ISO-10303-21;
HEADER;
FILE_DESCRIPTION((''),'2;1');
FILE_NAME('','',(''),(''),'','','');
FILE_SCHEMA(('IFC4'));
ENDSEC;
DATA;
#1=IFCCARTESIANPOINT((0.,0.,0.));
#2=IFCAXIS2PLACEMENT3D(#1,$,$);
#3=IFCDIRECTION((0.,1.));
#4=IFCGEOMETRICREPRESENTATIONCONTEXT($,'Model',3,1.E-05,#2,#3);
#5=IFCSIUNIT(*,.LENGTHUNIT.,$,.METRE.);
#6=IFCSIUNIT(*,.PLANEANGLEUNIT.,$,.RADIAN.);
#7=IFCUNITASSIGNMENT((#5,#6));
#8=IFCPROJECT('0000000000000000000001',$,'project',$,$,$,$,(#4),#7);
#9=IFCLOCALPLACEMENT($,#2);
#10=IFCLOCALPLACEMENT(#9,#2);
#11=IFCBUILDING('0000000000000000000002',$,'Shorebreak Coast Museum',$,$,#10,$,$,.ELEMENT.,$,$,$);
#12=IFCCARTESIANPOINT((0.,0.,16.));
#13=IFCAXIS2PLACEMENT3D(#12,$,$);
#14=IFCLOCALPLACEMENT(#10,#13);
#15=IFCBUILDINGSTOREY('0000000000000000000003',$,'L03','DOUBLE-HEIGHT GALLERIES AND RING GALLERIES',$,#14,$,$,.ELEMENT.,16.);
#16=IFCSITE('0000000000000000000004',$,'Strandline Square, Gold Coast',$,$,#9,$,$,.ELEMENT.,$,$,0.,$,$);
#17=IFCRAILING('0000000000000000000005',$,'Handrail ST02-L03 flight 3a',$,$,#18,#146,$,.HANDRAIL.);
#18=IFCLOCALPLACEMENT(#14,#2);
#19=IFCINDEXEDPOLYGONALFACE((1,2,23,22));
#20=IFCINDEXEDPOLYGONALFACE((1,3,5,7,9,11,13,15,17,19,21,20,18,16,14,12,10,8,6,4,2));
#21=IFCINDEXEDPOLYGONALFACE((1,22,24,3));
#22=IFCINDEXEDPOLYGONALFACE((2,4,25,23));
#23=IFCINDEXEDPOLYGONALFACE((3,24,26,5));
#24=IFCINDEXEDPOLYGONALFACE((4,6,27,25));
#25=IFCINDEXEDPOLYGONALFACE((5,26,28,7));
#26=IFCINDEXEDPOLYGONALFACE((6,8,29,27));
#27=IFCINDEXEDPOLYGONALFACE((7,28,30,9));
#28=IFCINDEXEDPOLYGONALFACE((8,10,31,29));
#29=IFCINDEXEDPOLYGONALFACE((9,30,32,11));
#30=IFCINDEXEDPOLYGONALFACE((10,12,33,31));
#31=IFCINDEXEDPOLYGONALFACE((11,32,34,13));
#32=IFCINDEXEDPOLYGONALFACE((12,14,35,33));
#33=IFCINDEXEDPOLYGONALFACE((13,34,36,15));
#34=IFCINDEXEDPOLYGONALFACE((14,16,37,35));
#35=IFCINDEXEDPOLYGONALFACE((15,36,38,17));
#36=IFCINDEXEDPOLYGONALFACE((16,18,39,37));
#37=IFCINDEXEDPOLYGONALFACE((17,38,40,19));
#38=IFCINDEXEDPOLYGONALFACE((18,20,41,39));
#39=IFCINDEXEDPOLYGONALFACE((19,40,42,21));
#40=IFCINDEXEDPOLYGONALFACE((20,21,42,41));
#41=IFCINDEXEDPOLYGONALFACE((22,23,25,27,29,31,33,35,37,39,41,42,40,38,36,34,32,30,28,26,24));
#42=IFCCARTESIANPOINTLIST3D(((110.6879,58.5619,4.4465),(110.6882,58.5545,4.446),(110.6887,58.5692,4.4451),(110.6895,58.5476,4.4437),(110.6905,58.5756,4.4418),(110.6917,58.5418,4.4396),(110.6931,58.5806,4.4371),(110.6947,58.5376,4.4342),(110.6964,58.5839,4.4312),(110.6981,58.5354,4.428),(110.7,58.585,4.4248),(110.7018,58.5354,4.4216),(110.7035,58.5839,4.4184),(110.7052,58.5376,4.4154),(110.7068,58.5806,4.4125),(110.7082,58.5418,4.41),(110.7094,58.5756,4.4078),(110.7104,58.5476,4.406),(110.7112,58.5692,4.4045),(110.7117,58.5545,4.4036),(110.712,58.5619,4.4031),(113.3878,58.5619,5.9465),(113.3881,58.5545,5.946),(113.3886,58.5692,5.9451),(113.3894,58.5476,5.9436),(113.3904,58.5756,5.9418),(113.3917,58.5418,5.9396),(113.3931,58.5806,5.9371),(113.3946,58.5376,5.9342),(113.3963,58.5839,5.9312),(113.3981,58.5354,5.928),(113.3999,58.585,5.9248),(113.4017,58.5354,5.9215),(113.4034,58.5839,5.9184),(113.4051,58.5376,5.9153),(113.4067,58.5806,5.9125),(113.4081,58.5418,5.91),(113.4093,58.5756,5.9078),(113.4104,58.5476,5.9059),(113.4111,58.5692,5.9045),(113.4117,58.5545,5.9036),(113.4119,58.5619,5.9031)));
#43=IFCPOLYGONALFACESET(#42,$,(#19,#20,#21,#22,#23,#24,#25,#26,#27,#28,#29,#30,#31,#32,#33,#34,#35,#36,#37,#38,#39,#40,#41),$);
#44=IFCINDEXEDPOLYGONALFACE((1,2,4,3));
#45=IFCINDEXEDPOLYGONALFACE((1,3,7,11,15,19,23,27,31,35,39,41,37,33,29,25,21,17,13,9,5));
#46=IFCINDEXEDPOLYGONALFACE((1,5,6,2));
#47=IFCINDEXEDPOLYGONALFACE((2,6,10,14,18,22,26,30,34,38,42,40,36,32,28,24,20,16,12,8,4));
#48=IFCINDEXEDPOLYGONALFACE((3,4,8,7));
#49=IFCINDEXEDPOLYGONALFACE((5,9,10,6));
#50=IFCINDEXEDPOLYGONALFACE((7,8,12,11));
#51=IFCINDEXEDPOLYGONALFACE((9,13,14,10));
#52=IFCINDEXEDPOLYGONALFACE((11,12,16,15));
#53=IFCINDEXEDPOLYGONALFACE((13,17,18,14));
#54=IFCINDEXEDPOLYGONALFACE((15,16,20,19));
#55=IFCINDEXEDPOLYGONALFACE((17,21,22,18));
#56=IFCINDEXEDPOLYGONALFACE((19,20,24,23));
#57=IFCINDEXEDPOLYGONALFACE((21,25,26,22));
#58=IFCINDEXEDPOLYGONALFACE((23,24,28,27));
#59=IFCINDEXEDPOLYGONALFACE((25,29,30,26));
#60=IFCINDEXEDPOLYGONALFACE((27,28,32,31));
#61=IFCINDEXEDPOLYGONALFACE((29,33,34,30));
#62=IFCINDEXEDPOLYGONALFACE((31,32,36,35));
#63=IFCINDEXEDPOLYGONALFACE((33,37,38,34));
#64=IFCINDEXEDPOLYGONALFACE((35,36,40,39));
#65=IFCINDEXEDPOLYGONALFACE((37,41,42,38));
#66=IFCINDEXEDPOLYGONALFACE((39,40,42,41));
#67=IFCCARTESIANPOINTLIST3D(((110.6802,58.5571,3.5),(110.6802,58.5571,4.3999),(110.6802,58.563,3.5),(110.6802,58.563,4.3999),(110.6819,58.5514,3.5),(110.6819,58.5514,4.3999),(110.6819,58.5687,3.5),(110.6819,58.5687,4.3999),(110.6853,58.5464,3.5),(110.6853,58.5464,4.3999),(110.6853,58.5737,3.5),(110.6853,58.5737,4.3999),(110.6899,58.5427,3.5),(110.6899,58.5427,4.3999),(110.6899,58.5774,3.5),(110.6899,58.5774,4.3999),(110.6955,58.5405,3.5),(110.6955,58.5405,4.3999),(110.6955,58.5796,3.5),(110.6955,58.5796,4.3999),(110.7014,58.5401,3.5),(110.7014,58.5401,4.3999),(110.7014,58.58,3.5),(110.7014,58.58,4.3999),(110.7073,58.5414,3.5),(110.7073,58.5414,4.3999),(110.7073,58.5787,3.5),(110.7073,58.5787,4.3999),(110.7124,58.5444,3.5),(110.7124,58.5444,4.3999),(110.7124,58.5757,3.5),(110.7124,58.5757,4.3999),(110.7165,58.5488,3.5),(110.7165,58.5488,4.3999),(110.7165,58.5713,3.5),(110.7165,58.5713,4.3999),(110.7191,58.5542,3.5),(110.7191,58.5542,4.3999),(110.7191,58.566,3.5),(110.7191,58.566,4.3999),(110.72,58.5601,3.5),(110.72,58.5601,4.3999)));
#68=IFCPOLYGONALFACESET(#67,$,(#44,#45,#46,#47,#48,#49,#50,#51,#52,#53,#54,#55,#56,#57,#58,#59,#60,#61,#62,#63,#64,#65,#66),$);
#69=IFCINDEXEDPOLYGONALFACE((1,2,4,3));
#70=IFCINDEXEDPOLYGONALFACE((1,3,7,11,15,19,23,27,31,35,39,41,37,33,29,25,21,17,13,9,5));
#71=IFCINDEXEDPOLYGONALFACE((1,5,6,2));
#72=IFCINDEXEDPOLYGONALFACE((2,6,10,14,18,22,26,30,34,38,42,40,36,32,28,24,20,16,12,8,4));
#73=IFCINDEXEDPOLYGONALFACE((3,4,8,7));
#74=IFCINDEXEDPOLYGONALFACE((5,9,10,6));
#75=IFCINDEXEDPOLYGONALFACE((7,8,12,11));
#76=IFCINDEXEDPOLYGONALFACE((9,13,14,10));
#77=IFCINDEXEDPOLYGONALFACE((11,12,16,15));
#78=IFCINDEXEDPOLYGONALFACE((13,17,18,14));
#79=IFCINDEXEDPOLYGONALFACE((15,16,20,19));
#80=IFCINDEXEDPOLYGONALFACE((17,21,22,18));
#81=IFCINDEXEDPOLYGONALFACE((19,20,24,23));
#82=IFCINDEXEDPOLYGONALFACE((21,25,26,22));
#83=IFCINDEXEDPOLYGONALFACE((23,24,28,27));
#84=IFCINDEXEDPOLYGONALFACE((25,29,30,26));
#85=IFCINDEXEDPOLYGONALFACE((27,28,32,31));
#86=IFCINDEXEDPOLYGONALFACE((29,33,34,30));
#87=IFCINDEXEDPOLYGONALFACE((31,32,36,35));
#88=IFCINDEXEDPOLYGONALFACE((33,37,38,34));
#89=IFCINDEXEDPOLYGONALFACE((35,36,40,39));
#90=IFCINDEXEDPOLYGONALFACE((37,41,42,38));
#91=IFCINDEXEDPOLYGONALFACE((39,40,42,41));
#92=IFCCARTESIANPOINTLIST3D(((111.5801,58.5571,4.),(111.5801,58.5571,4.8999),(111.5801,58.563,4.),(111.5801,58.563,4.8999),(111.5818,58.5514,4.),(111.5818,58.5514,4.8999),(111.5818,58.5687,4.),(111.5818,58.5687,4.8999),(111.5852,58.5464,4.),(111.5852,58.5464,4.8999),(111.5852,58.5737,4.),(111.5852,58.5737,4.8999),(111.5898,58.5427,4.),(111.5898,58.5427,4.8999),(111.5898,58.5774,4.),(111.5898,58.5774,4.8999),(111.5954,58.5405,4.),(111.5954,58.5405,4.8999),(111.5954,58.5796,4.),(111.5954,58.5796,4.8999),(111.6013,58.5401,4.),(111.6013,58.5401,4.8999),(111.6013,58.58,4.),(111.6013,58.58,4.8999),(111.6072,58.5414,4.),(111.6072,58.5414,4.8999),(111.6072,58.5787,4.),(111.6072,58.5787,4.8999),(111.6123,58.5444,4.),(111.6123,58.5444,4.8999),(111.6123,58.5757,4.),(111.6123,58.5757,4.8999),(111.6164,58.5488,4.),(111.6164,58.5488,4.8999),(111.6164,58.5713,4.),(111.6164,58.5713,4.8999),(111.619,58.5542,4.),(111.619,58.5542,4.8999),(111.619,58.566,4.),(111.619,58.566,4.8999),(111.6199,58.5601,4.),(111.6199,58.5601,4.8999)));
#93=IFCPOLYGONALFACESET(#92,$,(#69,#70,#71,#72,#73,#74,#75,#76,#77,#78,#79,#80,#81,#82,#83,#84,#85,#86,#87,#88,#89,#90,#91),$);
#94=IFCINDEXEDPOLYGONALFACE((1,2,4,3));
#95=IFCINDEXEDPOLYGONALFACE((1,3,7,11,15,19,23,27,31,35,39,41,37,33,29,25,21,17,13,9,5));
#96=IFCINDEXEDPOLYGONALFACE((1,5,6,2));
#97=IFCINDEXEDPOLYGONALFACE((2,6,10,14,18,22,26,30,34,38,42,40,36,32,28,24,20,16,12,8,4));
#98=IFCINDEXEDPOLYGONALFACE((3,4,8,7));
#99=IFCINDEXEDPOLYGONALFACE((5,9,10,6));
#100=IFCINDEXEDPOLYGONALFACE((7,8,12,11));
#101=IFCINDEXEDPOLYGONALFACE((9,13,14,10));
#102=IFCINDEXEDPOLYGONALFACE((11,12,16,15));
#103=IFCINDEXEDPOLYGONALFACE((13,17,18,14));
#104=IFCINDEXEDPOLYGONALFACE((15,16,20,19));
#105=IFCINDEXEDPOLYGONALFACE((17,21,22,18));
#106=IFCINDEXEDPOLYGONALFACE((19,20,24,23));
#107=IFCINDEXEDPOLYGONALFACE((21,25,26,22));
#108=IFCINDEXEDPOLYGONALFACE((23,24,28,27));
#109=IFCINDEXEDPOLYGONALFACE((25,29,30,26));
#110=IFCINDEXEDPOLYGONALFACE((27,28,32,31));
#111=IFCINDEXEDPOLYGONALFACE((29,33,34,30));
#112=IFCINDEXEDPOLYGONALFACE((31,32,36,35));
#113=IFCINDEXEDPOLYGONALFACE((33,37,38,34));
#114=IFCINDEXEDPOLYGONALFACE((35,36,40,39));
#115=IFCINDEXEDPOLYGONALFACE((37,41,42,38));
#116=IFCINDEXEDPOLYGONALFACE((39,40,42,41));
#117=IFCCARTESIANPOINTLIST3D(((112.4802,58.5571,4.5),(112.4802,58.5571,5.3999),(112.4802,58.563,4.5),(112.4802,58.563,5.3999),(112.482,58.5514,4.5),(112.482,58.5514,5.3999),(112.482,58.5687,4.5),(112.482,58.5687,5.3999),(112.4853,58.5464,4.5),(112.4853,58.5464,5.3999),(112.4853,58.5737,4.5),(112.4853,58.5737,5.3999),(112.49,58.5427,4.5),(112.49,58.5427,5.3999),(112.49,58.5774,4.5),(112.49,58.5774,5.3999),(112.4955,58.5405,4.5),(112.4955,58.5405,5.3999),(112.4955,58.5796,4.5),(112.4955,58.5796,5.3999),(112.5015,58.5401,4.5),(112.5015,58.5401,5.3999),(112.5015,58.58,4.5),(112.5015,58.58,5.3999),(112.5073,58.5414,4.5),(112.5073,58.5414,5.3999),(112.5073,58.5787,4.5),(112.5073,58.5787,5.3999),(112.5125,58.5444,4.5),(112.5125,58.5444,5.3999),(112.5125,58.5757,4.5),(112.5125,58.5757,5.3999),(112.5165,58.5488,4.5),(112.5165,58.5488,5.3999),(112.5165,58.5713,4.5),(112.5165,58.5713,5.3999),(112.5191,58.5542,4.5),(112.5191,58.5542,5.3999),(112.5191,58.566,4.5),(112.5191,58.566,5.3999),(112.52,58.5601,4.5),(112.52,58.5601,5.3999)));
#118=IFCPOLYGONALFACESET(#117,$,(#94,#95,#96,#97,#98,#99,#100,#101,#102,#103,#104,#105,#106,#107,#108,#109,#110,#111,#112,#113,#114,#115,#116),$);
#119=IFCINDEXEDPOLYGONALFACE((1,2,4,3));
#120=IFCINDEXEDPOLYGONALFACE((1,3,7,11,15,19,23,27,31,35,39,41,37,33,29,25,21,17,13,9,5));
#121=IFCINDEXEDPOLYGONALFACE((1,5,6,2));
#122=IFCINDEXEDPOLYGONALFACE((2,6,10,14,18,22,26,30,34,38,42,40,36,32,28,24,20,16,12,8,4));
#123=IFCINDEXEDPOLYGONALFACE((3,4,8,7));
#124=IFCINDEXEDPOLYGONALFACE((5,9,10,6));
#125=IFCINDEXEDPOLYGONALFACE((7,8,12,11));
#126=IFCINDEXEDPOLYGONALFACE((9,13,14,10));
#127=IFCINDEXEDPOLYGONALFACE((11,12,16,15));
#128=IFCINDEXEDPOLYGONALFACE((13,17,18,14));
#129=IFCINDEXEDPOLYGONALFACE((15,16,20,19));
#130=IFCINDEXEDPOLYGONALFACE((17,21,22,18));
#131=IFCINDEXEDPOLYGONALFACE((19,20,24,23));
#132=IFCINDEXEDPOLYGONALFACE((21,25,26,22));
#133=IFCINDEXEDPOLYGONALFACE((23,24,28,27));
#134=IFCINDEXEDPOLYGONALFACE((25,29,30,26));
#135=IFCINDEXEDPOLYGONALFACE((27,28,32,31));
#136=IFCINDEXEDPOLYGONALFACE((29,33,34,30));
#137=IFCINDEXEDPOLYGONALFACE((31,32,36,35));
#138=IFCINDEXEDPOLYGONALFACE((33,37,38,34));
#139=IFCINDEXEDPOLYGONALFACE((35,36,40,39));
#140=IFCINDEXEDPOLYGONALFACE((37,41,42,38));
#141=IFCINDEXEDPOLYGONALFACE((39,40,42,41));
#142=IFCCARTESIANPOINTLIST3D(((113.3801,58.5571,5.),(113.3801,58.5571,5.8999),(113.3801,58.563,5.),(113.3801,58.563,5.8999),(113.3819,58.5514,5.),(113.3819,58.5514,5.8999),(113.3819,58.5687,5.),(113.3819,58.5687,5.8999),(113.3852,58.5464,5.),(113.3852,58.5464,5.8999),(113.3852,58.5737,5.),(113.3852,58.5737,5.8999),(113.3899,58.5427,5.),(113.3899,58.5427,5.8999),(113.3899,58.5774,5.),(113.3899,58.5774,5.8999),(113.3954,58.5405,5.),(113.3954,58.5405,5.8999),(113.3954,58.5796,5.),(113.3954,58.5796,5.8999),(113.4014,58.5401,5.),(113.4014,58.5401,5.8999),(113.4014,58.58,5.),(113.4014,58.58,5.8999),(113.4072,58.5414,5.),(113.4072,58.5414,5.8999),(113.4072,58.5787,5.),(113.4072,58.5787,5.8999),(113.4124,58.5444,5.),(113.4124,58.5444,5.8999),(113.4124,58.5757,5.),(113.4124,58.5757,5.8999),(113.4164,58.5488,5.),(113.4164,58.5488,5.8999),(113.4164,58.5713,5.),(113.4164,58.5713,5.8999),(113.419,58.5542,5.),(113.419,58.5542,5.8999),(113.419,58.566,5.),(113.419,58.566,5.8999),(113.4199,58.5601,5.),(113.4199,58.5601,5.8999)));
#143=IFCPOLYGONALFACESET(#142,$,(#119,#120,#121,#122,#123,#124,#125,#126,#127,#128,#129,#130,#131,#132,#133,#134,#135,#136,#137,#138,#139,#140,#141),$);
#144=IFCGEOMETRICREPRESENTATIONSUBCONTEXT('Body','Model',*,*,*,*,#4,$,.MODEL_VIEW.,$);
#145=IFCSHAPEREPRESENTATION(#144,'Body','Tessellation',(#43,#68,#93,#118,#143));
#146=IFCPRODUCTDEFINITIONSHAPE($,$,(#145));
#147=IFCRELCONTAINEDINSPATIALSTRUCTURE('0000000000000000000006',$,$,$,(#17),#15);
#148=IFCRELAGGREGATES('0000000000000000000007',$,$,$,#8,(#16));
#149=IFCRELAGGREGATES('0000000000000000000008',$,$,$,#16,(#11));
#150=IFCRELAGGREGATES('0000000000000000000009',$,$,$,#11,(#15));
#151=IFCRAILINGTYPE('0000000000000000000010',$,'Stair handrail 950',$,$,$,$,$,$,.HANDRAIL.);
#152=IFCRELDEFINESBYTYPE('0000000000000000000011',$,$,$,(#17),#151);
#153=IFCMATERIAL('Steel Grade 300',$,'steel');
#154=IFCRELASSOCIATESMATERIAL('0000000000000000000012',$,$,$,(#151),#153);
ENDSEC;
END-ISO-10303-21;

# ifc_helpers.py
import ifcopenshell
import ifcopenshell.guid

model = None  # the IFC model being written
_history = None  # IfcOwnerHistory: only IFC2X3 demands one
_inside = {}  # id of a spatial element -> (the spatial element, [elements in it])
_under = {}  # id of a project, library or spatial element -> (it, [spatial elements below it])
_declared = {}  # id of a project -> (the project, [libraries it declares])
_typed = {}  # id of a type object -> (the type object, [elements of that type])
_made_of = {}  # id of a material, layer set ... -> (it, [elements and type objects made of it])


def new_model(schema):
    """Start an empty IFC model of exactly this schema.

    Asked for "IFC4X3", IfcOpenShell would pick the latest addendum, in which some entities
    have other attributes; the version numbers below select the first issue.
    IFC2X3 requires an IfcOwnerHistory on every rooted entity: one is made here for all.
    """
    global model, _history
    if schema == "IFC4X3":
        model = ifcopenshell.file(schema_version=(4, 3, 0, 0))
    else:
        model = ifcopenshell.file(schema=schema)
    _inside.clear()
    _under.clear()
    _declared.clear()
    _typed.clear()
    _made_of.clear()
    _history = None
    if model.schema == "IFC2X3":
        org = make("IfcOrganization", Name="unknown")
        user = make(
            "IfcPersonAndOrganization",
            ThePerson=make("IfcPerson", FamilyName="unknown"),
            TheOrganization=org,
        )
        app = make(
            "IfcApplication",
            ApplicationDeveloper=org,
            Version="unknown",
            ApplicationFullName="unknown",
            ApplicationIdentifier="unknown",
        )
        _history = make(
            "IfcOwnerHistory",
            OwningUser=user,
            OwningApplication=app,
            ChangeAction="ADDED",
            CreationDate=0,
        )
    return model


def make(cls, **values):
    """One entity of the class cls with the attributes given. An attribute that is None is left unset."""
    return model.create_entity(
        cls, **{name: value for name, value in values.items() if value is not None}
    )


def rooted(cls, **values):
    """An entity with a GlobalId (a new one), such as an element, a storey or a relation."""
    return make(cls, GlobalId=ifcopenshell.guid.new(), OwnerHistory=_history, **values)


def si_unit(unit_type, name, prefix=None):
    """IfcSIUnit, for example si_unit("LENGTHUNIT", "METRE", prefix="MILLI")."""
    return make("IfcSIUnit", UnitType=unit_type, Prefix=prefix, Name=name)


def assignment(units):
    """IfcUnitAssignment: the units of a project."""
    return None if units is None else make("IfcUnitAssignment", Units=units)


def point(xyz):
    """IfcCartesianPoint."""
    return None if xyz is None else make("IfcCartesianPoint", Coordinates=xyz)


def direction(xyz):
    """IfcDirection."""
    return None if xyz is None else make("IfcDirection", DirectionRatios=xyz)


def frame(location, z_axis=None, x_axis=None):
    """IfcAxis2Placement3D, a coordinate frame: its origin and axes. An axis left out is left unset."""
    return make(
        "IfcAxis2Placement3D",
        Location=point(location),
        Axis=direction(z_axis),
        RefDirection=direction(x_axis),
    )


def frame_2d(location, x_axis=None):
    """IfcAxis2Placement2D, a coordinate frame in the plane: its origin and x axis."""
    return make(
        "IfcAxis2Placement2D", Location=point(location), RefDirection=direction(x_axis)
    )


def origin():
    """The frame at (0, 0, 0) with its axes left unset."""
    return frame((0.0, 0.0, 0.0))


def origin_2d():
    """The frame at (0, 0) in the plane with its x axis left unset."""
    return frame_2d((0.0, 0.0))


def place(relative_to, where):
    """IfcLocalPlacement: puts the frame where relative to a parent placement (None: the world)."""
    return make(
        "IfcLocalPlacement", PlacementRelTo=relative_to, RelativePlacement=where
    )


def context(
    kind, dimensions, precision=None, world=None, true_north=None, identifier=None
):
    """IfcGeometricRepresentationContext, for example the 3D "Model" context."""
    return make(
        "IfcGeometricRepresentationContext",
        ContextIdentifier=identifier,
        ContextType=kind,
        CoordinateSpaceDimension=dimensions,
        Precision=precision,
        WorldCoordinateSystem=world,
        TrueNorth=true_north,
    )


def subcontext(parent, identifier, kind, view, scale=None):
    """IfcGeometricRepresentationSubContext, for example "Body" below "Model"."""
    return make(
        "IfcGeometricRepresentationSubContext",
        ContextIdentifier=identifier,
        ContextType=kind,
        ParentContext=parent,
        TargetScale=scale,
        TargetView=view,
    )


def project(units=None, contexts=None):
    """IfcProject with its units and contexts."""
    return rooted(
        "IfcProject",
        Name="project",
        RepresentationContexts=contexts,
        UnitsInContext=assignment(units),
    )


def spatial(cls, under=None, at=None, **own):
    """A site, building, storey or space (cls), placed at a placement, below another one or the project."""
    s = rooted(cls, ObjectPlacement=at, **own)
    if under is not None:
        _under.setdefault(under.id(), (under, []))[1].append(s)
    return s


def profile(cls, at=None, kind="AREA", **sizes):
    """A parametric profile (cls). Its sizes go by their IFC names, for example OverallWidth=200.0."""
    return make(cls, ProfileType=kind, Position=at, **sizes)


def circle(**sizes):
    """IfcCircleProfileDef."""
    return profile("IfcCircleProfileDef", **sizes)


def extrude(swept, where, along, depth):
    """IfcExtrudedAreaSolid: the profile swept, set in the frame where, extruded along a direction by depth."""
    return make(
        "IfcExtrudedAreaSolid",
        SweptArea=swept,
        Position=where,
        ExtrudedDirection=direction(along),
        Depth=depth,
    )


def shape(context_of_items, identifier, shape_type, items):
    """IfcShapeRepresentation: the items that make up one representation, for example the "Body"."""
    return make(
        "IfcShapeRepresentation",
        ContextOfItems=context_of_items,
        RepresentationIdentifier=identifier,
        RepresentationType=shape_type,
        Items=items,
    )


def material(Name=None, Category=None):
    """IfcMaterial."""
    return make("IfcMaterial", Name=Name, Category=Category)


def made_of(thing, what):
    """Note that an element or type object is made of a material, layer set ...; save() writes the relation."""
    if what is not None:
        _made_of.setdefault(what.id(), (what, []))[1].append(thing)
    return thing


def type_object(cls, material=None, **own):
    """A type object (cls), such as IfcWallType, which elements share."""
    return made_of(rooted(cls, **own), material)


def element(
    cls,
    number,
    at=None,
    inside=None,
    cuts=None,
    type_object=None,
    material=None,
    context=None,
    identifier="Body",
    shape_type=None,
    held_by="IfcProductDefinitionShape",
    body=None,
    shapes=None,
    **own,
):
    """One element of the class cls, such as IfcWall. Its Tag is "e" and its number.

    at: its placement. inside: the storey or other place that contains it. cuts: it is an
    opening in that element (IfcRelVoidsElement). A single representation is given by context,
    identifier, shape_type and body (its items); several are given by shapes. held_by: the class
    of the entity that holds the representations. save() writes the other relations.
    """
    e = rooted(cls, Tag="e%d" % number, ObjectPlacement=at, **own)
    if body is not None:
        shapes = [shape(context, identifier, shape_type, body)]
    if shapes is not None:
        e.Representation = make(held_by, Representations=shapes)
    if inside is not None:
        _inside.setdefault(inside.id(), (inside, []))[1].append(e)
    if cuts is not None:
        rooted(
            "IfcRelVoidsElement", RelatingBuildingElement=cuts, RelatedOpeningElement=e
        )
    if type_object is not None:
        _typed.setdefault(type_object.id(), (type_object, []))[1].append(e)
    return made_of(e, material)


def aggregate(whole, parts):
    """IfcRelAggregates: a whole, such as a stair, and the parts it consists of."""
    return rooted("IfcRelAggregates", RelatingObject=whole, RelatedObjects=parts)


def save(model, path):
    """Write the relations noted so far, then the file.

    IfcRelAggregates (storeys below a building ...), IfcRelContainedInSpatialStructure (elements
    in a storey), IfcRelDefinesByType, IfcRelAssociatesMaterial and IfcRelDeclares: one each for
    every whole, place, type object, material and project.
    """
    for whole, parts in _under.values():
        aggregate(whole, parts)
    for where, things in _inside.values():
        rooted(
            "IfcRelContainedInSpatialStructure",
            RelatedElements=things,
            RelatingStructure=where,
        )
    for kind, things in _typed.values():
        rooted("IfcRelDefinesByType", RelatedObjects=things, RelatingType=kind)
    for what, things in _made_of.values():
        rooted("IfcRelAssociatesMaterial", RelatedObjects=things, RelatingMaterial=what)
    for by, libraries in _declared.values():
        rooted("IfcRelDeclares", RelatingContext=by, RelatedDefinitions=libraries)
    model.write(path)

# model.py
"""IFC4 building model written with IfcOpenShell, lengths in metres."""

from ifc_helpers import new_model, si_unit, direction, frame, origin, origin_2d, place, context, subcontext, project, spatial, circle, extrude, material, type_object, element, save


model = new_model("IFC4")

# Units and contexts
model_context = context("Model", 3, precision=1e-05, world=origin(), true_north=direction((0.0, 1.0)))
body_context = subcontext(model_context, "Body", "Model", "MODEL_VIEW")
ifc_project = project(units=[si_unit("LENGTHUNIT", "METRE"), si_unit("PLANEANGLEUNIT", "RADIAN")], contexts=[model_context])

# Site, building, storey
site_placement = place(None, origin())
site = spatial("IfcSite", under=ifc_project, at=site_placement, Name="Strandline Square, Gold Coast", CompositionType="ELEMENT", RefElevation=0.0)
building_placement = place(site_placement, origin())
building = spatial("IfcBuilding", under=site, at=building_placement, Name="Shorebreak Coast Museum", CompositionType="ELEMENT")
storey_placement = place(building_placement, frame((0.0, 0.0, 16.0)))
storey = spatial("IfcBuildingStorey", under=building, at=storey_placement, Name="L03", Description="DOUBLE-HEIGHT GALLERIES AND RING GALLERIES", CompositionType="ELEMENT", Elevation=16.0)

# Railing
ifc_material_1 = material(Name="Steel Grade 300", Category="steel")
railing_type_1 = type_object("IfcRailingType", Name="Stair handrail 950", PredefinedType="HANDRAIL", material=ifc_material_1)
for number, where, name in (
    (1, (110.7, 58.5601, 3.5), "Handrail ST02-L03 flight 3a"),
):
    element("IfcRailing", number, at=place(storey_placement, frame(where)), inside=storey, type_object=railing_type_1, Name=name, PredefinedType="HANDRAIL", context=body_context, shape_type="SweptSolid", body=[
        extrude(circle(Radius=0.0249, at=origin_2d()), frame((0.0, 0.0, 0.9248), z_axis=(0.874154, 0.0, 0.48565), x_axis=(0.0, 1.0, 0.0)), (0.0, 0.0, 1.0), 3.0886),
        extrude(circle(Radius=0.02, at=origin_2d()), origin(), (0.0, 0.0, 1.0), 0.8999),
        extrude(circle(Radius=0.02, at=origin_2d()), frame((0.8999, 0.0, 0.5)), (0.0, 0.0, 1.0), 0.8999),
        extrude(circle(Radius=0.02, at=origin_2d()), frame((1.8, 0.0, 1.0)), (0.0, 0.0, 1.0), 0.8999),
        extrude(circle(Radius=0.02, at=origin_2d()), frame((2.7, 0.0, 1.5)), (0.0, 0.0, 1.0), 0.8999),
    ])

save(model, "model.ifc")
